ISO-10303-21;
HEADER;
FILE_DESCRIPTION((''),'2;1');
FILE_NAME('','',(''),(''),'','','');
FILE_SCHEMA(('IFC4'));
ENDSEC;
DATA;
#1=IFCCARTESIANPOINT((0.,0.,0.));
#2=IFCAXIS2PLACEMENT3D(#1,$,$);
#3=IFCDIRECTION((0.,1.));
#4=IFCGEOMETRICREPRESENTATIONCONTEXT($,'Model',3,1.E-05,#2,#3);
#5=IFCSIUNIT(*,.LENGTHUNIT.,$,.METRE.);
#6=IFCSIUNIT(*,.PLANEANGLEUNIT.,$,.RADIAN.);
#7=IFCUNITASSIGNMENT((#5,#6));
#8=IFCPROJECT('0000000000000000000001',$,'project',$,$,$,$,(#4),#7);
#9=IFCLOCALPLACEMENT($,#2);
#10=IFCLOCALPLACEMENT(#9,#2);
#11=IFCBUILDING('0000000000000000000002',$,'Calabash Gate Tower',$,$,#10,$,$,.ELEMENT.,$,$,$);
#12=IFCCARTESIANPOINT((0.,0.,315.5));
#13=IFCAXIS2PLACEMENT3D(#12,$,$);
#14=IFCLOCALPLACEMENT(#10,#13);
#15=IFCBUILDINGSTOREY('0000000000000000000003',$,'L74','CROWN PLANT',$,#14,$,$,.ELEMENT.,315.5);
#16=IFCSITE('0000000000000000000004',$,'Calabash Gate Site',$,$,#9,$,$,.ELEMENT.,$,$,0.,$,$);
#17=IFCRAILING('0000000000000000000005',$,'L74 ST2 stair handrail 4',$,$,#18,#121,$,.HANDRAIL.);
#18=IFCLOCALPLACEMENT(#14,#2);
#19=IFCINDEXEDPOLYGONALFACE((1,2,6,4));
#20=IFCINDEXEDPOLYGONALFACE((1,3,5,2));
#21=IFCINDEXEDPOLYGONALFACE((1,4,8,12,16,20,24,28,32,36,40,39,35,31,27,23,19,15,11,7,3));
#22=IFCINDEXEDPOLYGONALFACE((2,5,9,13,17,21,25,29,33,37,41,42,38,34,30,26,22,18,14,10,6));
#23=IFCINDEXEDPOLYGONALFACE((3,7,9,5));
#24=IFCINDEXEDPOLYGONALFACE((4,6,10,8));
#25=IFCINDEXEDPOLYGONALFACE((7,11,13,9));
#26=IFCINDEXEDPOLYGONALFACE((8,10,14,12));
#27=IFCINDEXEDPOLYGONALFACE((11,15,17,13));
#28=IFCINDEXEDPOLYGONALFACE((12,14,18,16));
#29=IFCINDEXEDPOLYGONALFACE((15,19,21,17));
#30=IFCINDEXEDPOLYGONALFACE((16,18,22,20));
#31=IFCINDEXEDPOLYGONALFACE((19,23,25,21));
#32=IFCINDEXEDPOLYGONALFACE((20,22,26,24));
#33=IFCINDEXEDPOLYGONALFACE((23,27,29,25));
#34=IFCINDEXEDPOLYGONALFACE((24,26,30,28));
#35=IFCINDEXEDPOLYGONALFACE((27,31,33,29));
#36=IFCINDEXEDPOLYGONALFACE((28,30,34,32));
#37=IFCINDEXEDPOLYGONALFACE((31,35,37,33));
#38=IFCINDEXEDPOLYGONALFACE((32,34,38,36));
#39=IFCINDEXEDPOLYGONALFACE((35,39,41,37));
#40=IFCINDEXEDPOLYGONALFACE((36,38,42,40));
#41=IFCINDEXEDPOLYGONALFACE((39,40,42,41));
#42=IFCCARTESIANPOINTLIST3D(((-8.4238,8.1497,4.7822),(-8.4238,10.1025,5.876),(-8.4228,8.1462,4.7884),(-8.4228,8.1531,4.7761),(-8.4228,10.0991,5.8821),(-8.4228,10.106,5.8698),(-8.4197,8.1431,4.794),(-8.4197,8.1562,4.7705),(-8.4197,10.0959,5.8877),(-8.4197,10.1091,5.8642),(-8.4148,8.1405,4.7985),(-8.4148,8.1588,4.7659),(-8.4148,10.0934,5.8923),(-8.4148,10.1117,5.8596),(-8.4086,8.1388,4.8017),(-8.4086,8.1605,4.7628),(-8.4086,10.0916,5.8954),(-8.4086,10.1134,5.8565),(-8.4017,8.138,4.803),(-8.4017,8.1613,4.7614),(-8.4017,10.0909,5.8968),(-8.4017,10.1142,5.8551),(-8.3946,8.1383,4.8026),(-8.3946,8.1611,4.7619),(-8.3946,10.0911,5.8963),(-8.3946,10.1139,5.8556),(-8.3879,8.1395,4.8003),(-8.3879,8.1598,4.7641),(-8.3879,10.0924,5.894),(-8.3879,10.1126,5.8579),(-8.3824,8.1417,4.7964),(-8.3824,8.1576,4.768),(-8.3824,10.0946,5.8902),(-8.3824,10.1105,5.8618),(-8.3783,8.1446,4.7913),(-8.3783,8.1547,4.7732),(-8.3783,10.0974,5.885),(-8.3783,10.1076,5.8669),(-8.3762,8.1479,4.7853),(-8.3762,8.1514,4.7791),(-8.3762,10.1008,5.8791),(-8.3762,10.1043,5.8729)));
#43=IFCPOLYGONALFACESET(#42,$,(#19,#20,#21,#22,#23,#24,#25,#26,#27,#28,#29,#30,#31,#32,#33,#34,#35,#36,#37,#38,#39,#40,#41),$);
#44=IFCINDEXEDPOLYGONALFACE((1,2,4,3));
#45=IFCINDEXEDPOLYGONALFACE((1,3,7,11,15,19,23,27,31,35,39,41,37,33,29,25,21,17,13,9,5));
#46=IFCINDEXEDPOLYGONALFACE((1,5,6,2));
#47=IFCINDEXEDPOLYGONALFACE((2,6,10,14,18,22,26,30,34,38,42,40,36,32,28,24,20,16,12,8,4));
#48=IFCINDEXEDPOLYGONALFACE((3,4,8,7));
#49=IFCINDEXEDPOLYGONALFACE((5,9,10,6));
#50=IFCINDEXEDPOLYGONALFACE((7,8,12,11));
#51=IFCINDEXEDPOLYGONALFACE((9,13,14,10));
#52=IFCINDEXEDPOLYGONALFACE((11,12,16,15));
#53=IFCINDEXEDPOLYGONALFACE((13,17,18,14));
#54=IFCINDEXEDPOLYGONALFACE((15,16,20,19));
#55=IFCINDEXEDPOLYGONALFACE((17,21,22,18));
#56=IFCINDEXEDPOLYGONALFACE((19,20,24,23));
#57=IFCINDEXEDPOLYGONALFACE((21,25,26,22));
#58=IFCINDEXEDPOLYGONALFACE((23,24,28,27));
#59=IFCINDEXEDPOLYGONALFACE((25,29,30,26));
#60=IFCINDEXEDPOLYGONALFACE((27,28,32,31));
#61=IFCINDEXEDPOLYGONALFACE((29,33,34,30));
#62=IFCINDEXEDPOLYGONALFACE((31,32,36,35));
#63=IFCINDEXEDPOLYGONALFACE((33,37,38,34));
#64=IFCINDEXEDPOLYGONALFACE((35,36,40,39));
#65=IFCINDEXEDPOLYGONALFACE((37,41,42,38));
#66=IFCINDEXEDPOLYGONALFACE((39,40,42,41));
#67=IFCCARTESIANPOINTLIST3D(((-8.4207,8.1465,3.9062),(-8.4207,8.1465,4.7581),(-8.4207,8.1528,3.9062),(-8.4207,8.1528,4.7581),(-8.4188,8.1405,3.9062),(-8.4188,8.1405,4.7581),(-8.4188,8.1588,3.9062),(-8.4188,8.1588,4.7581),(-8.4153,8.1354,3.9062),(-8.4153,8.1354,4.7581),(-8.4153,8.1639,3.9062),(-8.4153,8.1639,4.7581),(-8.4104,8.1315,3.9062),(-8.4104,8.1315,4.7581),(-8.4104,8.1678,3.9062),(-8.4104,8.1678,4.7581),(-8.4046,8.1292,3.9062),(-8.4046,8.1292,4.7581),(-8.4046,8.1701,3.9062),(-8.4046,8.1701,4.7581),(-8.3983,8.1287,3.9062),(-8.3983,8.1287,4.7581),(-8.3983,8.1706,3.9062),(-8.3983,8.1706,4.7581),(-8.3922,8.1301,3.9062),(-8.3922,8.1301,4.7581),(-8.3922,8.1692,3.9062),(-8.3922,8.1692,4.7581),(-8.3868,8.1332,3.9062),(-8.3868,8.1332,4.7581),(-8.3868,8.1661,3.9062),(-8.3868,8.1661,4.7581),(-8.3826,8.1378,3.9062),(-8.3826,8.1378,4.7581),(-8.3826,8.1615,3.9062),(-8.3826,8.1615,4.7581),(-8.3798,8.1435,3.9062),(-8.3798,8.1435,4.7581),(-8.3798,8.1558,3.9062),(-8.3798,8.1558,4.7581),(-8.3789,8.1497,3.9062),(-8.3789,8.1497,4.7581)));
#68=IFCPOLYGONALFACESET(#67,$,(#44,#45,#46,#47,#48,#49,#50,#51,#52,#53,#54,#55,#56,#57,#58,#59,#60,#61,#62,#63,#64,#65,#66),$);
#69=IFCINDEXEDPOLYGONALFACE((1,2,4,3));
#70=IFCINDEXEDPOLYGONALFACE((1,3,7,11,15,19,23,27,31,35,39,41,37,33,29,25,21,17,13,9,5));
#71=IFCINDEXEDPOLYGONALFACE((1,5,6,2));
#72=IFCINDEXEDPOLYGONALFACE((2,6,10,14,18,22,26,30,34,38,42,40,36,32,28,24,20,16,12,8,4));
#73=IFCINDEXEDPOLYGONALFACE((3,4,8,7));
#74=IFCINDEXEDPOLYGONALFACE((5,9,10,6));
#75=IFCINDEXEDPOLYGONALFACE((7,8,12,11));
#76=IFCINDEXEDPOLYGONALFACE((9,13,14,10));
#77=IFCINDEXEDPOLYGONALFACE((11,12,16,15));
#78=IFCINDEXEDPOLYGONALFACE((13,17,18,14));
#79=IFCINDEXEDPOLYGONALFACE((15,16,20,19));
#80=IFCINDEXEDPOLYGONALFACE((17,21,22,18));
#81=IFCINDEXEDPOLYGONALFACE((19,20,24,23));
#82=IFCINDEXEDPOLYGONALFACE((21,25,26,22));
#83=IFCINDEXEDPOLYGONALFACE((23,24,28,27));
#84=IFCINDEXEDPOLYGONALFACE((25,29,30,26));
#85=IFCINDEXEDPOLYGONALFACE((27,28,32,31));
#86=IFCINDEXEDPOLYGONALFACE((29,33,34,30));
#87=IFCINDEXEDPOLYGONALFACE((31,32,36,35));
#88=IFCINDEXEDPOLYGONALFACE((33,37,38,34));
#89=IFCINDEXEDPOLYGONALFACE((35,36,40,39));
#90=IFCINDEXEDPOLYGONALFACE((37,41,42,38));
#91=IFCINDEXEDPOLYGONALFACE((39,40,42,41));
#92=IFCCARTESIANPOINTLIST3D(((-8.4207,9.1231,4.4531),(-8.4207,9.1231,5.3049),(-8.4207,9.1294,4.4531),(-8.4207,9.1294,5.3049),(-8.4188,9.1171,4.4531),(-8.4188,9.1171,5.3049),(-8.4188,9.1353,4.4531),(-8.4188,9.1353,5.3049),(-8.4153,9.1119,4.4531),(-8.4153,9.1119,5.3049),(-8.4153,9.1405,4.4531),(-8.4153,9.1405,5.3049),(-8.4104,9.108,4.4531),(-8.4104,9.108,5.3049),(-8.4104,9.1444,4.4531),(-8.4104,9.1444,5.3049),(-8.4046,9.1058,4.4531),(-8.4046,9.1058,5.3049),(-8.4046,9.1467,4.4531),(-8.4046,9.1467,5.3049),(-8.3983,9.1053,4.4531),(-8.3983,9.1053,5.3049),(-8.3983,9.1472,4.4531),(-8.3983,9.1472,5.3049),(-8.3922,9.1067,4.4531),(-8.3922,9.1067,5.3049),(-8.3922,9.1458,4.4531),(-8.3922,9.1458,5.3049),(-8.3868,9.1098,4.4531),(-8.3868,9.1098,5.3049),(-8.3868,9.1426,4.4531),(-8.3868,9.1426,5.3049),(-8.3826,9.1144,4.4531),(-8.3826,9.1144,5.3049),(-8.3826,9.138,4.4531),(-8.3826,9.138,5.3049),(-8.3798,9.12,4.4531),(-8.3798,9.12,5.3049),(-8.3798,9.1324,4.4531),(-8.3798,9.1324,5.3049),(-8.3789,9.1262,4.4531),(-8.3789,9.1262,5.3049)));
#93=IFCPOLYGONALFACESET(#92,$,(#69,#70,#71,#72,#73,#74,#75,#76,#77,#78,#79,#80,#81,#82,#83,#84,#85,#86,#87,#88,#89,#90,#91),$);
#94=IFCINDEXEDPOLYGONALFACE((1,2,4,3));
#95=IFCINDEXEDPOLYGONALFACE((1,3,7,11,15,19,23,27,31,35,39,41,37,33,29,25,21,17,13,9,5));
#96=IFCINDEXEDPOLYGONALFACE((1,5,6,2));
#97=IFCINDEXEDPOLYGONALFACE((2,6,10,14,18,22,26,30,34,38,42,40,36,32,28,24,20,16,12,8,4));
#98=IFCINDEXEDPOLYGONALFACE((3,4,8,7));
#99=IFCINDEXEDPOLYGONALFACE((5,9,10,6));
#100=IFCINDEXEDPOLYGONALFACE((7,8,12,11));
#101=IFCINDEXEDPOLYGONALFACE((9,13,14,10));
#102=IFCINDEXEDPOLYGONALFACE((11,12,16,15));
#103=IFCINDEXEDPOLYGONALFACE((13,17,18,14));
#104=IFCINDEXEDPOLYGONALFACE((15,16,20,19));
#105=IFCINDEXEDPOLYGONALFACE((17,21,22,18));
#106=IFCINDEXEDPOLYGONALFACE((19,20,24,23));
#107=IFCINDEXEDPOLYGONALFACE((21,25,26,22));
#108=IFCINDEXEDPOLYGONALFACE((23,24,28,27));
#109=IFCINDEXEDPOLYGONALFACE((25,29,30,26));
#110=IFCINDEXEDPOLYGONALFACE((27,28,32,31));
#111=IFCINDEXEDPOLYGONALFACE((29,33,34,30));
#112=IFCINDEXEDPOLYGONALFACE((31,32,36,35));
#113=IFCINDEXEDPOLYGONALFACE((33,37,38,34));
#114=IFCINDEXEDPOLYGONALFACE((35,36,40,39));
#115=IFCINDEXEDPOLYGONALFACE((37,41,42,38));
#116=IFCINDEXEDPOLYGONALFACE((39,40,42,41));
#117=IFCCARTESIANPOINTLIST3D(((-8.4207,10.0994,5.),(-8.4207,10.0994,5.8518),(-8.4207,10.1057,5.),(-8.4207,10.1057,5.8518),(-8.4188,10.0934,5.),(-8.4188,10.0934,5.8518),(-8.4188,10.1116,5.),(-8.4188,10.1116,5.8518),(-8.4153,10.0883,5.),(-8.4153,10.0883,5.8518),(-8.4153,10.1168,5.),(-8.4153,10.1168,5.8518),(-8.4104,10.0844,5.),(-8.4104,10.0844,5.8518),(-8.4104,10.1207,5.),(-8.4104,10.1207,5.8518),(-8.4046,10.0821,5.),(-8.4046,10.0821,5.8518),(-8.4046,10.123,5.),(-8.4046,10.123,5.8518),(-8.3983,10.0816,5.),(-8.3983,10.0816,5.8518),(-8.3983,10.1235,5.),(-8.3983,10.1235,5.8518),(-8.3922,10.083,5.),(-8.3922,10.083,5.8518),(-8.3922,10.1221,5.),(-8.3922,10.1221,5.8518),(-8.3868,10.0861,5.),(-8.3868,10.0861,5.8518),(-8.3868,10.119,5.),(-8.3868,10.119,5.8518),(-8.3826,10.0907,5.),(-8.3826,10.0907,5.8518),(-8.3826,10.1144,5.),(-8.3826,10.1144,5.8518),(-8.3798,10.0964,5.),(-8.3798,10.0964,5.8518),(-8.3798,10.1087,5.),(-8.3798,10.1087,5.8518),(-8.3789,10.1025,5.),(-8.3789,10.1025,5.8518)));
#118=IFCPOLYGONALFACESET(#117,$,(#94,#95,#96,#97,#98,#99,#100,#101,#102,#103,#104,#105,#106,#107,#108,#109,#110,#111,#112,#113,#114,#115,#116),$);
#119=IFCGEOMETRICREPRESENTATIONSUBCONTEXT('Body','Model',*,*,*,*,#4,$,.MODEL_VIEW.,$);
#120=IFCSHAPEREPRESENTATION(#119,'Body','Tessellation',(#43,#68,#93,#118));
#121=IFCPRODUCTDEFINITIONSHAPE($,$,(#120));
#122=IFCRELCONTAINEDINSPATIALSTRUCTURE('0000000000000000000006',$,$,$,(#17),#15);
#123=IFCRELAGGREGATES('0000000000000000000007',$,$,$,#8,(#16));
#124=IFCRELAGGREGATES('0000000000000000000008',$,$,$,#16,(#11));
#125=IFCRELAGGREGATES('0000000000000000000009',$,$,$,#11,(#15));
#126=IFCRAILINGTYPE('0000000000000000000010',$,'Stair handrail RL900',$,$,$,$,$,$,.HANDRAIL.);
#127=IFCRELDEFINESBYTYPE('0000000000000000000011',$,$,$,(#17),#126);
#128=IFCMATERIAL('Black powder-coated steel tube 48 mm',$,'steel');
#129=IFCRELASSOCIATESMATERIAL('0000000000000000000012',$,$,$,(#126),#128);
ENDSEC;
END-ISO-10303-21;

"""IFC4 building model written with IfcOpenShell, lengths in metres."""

from ifc_helpers import new_model, si_unit, direction, frame, origin, origin_2d, place, context, subcontext, project, spatial, circle, extrude, material, type_object, element, save


model = new_model("IFC4")

# Units and contexts
model_context = context("Model", 3, precision=1e-05, world=origin(), true_north=direction((0.0, 1.0)))
body_context = subcontext(model_context, "Body", "Model", "MODEL_VIEW")
ifc_project = project(units=[si_unit("LENGTHUNIT", "METRE"), si_unit("PLANEANGLEUNIT", "RADIAN")], contexts=[model_context])

# Site, building, storey
site_placement = place(None, origin())
site = spatial("IfcSite", under=ifc_project, at=site_placement, Name="Calabash Gate Site", CompositionType="ELEMENT", RefElevation=0.0)
building_placement = place(site_placement, origin())
building = spatial("IfcBuilding", under=site, at=building_placement, Name="Calabash Gate Tower", CompositionType="ELEMENT")
storey_placement = place(building_placement, frame((0.0, 0.0, 315.5)))
storey = spatial("IfcBuildingStorey", under=building, at=storey_placement, Name="L74", Description="CROWN PLANT", CompositionType="ELEMENT", Elevation=315.5)

# Railing
ifc_material_1 = material(Name="Black powder-coated steel tube 48 mm", Category="steel")
railing_type = type_object("IfcRailingType", Name="Stair handrail RL900", PredefinedType="HANDRAIL", material=ifc_material_1)
for number, where, name in (
    (1, (-8.3999, 8.1497, 3.9062), "L74 ST2 stair handrail 4"),
):
    element("IfcRailing", number, at=place(storey_placement, frame(where)), inside=storey, type_object=railing_type, Name=name, PredefinedType="HANDRAIL", context=body_context, shape_type="SweptSolid", body=[
        extrude(circle(Radius=0.0239, at=origin_2d()), frame((0.0, 0.0, 0.876), z_axis=(0.0, 0.87248, 0.48865), x_axis=(-1.0, 0.0, 0.0)), (0.0, 0.0, 1.0), 2.2383),
        extrude(circle(Radius=0.021, at=origin_2d()), origin(), (0.0, 0.0, 1.0), 0.8518),
        extrude(circle(Radius=0.021, at=origin_2d()), frame((0.0, 0.9766, 0.5469)), (0.0, 0.0, 1.0), 0.8518),
        extrude(circle(Radius=0.021, at=origin_2d()), frame((0.0, 1.9529, 1.0938)), (0.0, 0.0, 1.0), 0.8518),
    ])

save(model, "model.ifc")
